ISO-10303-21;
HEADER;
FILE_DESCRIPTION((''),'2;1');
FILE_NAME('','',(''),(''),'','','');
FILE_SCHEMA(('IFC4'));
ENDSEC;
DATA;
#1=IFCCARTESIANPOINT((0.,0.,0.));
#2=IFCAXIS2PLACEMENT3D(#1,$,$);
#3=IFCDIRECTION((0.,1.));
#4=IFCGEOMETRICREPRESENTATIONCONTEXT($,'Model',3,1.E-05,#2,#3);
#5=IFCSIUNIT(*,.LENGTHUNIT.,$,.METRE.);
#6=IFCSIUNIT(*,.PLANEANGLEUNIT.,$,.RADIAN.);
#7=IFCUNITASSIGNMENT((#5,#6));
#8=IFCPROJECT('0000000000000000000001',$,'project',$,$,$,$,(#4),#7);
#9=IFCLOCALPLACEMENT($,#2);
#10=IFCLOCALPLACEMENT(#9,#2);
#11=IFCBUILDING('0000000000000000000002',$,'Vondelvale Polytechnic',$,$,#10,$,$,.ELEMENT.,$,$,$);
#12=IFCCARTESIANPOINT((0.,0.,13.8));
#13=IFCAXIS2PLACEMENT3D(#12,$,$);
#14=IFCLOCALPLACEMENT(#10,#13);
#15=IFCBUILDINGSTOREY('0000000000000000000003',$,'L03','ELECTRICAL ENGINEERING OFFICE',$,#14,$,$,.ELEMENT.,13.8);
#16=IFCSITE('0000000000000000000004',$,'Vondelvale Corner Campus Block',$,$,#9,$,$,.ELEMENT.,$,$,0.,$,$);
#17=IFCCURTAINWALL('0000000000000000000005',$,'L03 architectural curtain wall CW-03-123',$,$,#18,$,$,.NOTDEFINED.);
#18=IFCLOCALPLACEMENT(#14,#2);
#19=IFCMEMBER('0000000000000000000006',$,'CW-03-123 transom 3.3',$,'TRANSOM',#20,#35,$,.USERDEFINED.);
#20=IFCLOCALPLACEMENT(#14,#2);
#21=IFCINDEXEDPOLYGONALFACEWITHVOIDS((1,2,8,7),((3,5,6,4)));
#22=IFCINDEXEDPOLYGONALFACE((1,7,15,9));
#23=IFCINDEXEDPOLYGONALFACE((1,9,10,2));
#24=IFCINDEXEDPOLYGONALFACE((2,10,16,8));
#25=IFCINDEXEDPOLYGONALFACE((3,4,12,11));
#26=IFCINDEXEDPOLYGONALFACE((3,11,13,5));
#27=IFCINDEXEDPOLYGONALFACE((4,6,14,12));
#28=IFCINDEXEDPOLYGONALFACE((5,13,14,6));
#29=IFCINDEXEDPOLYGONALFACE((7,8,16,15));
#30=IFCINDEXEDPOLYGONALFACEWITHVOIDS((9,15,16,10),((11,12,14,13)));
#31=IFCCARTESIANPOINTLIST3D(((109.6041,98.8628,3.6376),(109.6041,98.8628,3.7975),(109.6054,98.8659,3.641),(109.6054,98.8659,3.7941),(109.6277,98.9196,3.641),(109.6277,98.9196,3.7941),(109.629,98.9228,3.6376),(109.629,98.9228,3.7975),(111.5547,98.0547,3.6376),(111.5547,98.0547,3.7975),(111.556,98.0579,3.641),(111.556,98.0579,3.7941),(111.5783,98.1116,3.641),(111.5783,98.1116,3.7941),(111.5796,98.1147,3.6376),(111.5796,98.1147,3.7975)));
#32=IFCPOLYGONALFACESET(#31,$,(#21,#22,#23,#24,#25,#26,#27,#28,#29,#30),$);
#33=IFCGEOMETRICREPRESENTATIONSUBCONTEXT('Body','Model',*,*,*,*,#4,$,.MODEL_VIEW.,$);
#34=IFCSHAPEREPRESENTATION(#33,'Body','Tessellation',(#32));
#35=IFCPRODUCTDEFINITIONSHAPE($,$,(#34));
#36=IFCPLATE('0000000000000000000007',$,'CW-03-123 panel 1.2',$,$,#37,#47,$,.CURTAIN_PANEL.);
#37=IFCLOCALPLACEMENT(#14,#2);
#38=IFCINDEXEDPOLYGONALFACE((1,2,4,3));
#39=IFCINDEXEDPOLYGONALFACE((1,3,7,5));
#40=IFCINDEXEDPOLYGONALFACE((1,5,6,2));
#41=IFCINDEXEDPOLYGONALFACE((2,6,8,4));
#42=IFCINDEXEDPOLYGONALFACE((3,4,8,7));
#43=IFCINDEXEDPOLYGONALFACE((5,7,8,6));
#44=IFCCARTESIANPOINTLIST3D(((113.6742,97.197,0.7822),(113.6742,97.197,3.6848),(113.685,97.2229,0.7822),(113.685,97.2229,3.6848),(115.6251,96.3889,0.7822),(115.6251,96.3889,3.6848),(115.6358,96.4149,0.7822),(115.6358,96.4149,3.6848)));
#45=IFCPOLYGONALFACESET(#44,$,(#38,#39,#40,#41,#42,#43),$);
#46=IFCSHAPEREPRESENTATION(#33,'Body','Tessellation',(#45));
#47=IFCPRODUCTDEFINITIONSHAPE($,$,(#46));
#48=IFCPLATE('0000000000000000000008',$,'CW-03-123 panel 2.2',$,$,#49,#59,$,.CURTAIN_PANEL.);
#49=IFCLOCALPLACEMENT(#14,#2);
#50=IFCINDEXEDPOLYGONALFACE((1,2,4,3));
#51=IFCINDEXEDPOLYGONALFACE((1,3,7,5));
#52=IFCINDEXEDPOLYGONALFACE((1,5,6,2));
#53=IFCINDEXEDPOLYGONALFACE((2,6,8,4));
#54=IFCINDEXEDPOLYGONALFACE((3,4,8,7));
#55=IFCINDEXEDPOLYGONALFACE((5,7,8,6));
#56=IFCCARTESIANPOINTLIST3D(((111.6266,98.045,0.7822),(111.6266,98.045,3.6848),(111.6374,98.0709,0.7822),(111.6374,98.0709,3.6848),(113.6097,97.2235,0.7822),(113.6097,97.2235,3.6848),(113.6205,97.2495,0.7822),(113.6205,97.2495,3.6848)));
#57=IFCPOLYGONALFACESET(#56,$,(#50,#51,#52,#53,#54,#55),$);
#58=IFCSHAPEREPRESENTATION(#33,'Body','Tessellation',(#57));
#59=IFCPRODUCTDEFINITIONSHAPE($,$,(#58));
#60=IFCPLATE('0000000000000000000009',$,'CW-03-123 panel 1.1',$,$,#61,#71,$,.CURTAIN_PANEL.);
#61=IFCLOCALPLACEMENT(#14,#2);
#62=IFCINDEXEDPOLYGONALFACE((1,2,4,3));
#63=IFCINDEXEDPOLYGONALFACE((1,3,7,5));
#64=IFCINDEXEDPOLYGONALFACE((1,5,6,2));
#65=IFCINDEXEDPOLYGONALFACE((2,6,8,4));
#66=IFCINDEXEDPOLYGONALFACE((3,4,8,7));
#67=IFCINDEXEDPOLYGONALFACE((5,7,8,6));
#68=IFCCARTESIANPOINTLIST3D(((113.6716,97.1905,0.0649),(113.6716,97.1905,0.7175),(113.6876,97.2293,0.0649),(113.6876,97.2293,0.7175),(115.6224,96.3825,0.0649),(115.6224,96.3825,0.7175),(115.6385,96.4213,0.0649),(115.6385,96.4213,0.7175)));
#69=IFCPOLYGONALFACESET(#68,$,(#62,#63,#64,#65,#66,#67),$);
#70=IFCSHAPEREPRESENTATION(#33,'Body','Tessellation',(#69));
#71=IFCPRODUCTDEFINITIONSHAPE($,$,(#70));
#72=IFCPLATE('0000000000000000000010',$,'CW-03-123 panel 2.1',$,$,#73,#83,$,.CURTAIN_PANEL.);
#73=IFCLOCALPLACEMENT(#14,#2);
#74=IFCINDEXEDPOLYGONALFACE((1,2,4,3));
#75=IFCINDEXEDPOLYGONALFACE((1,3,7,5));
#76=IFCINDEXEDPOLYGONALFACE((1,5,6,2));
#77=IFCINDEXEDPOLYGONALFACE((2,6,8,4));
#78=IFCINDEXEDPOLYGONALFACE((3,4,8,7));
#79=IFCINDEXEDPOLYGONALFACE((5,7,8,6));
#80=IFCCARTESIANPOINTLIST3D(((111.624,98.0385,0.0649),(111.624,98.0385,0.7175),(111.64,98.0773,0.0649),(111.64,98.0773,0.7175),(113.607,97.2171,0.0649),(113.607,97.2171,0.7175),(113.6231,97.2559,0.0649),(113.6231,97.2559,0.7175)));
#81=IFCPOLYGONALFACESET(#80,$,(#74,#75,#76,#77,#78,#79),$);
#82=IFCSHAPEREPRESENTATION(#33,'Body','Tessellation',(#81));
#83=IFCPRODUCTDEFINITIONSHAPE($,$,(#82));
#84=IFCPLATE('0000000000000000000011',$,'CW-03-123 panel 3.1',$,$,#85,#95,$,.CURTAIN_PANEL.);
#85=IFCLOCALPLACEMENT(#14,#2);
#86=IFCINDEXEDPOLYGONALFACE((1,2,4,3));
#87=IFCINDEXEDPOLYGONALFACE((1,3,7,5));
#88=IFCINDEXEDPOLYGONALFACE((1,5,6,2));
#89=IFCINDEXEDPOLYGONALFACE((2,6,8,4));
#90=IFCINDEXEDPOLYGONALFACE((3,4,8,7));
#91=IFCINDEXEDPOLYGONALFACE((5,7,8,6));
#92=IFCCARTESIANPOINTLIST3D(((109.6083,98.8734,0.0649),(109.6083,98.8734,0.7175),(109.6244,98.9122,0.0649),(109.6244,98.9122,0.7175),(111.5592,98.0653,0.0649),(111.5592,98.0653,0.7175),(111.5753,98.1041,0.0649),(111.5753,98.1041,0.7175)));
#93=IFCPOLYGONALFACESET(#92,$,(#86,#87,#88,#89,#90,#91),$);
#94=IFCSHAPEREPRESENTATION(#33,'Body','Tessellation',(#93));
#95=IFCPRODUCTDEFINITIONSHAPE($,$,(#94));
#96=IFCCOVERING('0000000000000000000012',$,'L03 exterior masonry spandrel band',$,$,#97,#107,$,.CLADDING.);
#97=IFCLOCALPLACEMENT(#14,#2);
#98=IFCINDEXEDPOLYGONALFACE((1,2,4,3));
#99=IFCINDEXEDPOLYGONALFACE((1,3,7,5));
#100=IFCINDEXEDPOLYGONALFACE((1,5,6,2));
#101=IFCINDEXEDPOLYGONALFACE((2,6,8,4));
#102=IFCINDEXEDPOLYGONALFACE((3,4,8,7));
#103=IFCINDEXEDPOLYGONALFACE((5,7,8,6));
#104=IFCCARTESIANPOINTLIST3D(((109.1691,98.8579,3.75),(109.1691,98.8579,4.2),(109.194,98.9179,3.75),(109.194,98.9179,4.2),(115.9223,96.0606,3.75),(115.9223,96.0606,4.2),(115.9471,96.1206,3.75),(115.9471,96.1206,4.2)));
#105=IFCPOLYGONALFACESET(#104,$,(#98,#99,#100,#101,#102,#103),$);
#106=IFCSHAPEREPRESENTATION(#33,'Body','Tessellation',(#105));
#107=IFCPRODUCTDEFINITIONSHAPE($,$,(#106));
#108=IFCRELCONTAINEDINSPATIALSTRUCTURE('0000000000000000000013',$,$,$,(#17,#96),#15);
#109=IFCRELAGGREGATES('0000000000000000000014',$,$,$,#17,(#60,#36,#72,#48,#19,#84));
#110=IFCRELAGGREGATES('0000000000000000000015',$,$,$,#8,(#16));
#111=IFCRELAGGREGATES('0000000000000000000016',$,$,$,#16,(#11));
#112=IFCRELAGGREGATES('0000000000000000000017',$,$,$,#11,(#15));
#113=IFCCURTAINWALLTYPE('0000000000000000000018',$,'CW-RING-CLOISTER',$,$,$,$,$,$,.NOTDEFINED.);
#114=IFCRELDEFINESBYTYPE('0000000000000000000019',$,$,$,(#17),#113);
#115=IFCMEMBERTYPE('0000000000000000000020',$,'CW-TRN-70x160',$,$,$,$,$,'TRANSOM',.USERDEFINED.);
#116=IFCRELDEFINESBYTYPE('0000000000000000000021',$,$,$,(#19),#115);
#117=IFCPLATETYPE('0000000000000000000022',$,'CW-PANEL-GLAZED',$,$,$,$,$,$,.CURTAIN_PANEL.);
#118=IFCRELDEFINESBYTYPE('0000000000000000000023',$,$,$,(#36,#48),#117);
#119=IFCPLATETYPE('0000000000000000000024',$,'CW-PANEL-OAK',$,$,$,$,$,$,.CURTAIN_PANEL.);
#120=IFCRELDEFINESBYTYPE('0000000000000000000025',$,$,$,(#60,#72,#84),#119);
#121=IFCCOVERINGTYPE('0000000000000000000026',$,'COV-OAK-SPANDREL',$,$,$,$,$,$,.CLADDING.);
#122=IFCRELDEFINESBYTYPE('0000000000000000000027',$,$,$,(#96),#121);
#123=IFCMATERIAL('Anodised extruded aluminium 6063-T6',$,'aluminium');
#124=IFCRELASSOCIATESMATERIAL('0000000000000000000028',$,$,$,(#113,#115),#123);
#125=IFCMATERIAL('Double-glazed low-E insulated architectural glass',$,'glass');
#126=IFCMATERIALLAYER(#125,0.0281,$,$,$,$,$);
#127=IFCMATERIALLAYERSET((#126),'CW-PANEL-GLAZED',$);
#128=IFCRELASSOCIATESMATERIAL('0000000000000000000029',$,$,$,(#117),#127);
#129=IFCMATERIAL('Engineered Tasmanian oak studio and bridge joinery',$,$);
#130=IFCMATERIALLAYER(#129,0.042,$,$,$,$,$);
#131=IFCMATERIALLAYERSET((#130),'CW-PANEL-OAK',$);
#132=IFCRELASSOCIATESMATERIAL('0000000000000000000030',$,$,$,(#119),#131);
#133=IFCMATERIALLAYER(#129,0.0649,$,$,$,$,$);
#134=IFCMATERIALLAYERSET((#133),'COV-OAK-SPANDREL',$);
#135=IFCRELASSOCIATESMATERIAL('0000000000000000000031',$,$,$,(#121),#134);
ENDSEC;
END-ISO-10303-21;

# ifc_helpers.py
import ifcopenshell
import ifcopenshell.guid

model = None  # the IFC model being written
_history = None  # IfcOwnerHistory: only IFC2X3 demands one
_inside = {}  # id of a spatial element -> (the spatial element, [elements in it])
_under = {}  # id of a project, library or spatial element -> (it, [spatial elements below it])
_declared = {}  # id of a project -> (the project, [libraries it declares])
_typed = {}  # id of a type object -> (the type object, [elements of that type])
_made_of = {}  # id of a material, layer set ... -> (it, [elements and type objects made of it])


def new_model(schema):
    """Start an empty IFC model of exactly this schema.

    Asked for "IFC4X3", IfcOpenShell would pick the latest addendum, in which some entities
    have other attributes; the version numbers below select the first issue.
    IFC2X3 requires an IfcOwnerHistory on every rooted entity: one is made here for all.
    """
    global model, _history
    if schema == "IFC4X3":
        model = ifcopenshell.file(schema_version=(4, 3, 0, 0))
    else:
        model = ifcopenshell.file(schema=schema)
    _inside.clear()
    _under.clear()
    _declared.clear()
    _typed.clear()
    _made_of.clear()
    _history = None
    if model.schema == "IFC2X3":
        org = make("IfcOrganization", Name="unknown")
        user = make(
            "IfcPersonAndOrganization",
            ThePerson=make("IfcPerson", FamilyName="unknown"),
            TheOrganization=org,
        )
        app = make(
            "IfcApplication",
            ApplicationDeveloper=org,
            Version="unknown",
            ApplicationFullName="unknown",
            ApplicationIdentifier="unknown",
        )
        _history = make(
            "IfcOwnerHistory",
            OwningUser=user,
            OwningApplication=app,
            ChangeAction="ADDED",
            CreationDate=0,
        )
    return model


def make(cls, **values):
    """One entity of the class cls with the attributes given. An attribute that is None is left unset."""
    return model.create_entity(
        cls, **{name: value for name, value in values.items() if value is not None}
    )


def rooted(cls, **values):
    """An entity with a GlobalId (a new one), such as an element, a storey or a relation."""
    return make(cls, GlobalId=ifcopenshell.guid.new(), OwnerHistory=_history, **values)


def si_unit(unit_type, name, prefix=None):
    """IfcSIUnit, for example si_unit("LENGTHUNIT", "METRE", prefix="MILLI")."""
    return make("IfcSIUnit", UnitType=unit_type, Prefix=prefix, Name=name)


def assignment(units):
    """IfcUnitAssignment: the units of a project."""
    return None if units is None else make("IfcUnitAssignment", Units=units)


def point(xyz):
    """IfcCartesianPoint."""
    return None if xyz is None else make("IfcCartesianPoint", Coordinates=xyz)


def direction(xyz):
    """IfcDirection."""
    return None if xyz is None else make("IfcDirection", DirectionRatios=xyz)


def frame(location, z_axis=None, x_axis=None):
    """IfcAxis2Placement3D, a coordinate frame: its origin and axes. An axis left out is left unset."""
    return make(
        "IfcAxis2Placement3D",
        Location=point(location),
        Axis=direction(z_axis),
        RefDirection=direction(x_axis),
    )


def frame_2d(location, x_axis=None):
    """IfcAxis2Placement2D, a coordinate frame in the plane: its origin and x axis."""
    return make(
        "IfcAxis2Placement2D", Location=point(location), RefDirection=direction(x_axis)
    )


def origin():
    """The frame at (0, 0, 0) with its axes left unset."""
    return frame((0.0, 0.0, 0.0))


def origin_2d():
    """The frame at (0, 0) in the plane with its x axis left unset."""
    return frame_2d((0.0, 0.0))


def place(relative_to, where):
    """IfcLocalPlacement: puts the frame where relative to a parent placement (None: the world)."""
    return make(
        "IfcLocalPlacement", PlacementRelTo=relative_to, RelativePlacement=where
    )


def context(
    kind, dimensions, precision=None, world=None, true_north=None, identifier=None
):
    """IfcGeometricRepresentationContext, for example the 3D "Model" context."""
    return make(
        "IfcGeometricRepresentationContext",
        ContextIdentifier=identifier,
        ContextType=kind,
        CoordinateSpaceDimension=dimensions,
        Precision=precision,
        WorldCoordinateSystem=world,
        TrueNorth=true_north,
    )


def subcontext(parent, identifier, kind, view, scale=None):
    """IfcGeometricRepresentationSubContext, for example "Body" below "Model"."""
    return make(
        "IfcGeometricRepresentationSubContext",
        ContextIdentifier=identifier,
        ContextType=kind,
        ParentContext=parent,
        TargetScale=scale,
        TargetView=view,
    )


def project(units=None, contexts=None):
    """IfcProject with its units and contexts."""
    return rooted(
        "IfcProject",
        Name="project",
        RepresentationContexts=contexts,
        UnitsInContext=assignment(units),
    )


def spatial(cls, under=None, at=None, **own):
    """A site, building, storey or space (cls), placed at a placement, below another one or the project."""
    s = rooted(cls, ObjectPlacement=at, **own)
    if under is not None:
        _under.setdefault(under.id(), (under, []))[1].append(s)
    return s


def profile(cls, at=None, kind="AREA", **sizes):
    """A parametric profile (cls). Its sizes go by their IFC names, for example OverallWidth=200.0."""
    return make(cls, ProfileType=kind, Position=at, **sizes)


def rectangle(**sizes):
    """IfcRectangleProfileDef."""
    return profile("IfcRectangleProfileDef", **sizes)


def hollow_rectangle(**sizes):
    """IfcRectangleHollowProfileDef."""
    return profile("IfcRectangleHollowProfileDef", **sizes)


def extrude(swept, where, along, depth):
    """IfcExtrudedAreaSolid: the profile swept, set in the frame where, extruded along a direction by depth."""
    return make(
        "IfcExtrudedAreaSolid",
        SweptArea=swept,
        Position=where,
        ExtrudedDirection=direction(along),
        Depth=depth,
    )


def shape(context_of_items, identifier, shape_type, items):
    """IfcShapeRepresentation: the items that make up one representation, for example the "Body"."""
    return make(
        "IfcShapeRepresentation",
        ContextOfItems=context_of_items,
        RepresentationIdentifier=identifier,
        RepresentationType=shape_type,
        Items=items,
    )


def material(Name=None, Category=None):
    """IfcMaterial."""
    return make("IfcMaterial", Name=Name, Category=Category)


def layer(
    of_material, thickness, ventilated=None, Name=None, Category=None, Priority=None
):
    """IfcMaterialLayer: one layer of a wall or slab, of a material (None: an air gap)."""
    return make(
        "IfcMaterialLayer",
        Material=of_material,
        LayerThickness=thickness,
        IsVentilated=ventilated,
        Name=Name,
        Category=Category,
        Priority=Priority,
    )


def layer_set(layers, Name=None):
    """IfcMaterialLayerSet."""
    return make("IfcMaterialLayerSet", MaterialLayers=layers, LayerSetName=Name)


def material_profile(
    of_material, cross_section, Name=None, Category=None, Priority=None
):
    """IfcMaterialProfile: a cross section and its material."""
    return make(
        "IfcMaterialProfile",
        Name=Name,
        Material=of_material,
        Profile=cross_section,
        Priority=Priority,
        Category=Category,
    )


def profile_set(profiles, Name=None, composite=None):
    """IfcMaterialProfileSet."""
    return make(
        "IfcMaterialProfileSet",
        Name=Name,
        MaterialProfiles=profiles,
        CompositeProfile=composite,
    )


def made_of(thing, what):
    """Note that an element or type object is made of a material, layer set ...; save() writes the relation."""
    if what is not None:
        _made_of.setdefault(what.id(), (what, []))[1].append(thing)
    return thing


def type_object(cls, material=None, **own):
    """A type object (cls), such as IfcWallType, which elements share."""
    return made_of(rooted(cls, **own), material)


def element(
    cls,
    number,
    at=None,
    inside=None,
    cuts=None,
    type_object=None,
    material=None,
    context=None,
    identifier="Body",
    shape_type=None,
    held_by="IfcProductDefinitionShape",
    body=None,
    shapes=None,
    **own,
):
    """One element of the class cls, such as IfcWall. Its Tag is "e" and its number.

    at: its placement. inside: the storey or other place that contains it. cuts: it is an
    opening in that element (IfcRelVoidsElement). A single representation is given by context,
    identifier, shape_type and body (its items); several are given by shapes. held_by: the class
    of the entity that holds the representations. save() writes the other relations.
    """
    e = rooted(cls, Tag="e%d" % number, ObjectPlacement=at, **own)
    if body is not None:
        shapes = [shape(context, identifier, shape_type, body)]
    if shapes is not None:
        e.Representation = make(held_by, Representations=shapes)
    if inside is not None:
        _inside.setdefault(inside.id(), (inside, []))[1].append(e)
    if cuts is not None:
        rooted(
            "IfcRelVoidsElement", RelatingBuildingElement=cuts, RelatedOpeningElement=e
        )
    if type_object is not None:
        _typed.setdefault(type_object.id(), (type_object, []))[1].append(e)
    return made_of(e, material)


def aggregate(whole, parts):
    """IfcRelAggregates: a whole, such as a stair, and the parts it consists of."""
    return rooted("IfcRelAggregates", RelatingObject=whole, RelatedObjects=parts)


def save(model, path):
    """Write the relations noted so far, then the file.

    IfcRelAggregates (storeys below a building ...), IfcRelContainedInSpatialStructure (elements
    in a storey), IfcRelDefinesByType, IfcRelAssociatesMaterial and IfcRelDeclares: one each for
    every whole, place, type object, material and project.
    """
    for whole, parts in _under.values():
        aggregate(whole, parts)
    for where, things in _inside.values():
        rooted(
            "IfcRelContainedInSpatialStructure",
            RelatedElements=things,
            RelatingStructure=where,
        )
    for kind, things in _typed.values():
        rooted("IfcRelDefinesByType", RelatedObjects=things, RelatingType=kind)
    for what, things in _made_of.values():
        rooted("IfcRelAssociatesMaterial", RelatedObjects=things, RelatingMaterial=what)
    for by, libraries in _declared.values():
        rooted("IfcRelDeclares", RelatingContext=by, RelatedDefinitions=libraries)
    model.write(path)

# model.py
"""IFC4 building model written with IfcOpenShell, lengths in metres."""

from ifc_helpers import new_model, si_unit, direction, frame, origin, origin_2d, place, context, subcontext, project, spatial, rectangle, hollow_rectangle, extrude, material, layer, layer_set, material_profile, profile_set, type_object, element, aggregate, save


model = new_model("IFC4")

# Units and contexts
model_context = context("Model", 3, precision=1e-05, world=origin(), true_north=direction((0.0, 1.0)))
body_context = subcontext(model_context, "Body", "Model", "MODEL_VIEW")
ifc_project = project(units=[si_unit("LENGTHUNIT", "METRE"), si_unit("PLANEANGLEUNIT", "RADIAN")], contexts=[model_context])

# Site, building, storey
site_placement = place(None, origin())
site = spatial("IfcSite", under=ifc_project, at=site_placement, Name="Vondelvale Corner Campus Block", CompositionType="ELEMENT", RefElevation=0.0)
building_placement = place(site_placement, origin())
building = spatial("IfcBuilding", under=site, at=building_placement, Name="Vondelvale Polytechnic", CompositionType="ELEMENT")
storey_placement = place(building_placement, frame((0.0, 0.0, 13.8)))
storey = spatial("IfcBuildingStorey", under=building, at=storey_placement, Name="L03", Description="ELECTRICAL ENGINEERING OFFICE", CompositionType="ELEMENT", Elevation=13.8)

# Curtain wall, member, plates
ifc_material_1 = material(Name="Anodised extruded aluminium 6063-T6", Category="aluminium")
curtain_wall_type = type_object("IfcCurtainWallType", Name="CW-RING-CLOISTER", PredefinedType="NOTDEFINED", material=ifc_material_1)
curtain_wall_placement = place(storey_placement, origin())
curtain_wall = element("IfcCurtainWall", 1, at=curtain_wall_placement, inside=storey, type_object=curtain_wall_type, Name="L03 architectural curtain wall CW-03-123", PredefinedType="NOTDEFINED")
ifc_material_profile_1 = material_profile(ifc_material_1, hollow_rectangle(XDim=0.0649, YDim=0.1599, WallThickness=0.0034, at=origin_2d()), Name="CW-TRN-160x65")
ifc_profile_set_1 = profile_set([ifc_material_profile_1], Name="Anodised extruded aluminium 6063-T6")
member_type_1 = type_object("IfcMemberType", Name="CW-TRN-70x160", ElementType="TRANSOM", PredefinedType="USERDEFINED", material=ifc_profile_set_1)
member_1_placement = place(storey_placement, frame((111.5671, 98.0847, 3.7175), z_axis=(-0.923862, 0.382726, 0.0), x_axis=(-0.382726, -0.923862, 0.0)))
member_1 = element("IfcMember", 2, at=member_1_placement, type_object=member_type_1, Name="CW-03-123 transom 3.3", ObjectType="TRANSOM", PredefinedType="USERDEFINED", context=body_context, shape_type="SweptSolid", body=[
    extrude(hollow_rectangle(XDim=0.0649, YDim=0.1599, WallThickness=0.0034, at=origin_2d()), origin(), (0.0, 0.0, 1.0), 2.1113),
])
ifc_material_2 = material(Name="Double-glazed low-E insulated architectural glass", Category="glass")
ifc_layer_1 = layer(ifc_material_2, 0.0281)
ifc_layer_set_1 = layer_set([ifc_layer_1], Name="CW-PANEL-GLAZED")
plate_type_1 = type_object("IfcPlateType", Name="CW-PANEL-GLAZED", PredefinedType="CURTAIN_PANEL", material=ifc_layer_set_1)
plate_1_placement = place(storey_placement, frame((114.655, 96.8059, 0.7822), z_axis=(0.0, 0.0, 1.0), x_axis=(-0.923882, 0.382679, 0.0)))
plate_1 = element("IfcPlate", 3, at=plate_1_placement, type_object=plate_type_1, Name="CW-03-123 panel 1.2", PredefinedType="CURTAIN_PANEL", context=body_context, shape_type="SweptSolid", body=[
    extrude(rectangle(XDim=2.1116, YDim=0.0281, at=origin_2d()), origin(), (0.0, 0.0, 1.0), 2.9026),
])
plate_2_placement = place(storey_placement, frame((112.6235, 97.6472, 0.7822), z_axis=(0.0, 0.0, 1.0), x_axis=(-0.923882, 0.382679, 0.0)))
plate_2 = element("IfcPlate", 4, at=plate_2_placement, type_object=plate_type_1, Name="CW-03-123 panel 2.2", PredefinedType="CURTAIN_PANEL", context=body_context, shape_type="SweptSolid", body=[
    extrude(rectangle(XDim=2.1465, YDim=0.0281, at=origin_2d()), origin(), (0.0, 0.0, 1.0), 2.9026),
])
ifc_material_3 = material(Name="Engineered Tasmanian oak studio and bridge joinery")
ifc_layer_2 = layer(ifc_material_3, 0.042)
ifc_layer_set_2 = layer_set([ifc_layer_2], Name="CW-PANEL-OAK")
plate_type_2 = type_object("IfcPlateType", Name="CW-PANEL-OAK", PredefinedType="CURTAIN_PANEL", material=ifc_layer_set_2)
plate_3_placement = place(storey_placement, frame((114.655, 96.8059, 0.0649), z_axis=(0.0, 0.0, 1.0), x_axis=(-0.923882, 0.382679, 0.0)))
plate_3 = element("IfcPlate", 5, at=plate_3_placement, type_object=plate_type_2, Name="CW-03-123 panel 1.1", PredefinedType="CURTAIN_PANEL", context=body_context, shape_type="SweptSolid", body=[
    extrude(rectangle(XDim=2.1116, YDim=0.042, at=origin_2d()), origin(), (0.0, 0.0, 1.0), 0.6526),
])
plate_4_placement = place(storey_placement, frame((112.6235, 97.6472, 0.0649), z_axis=(0.0, 0.0, 1.0), x_axis=(-0.923882, 0.382679, 0.0)))
plate_4 = element("IfcPlate", 6, at=plate_4_placement, type_object=plate_type_2, Name="CW-03-123 panel 2.1", PredefinedType="CURTAIN_PANEL", context=body_context, shape_type="SweptSolid", body=[
    extrude(rectangle(XDim=2.1465, YDim=0.042, at=origin_2d()), origin(), (0.0, 0.0, 1.0), 0.6526),
])
plate_5_placement = place(storey_placement, frame((110.5918, 98.4888, 0.0649), z_axis=(0.0, 0.0, 1.0), x_axis=(-0.923882, 0.382679, 0.0)))
plate_5 = element("IfcPlate", 7, at=plate_5_placement, type_object=plate_type_2, Name="CW-03-123 panel 3.1", PredefinedType="CURTAIN_PANEL", context=body_context, shape_type="SweptSolid", body=[
    extrude(rectangle(XDim=2.1116, YDim=0.042, at=origin_2d()), origin(), (0.0, 0.0, 1.0), 0.6526),
])
aggregate(curtain_wall, [plate_3, plate_1, plate_4, plate_2, member_1, plate_5])

# Covering
ifc_layer_3 = layer(ifc_material_3, 0.0649)
ifc_layer_set_3 = layer_set([ifc_layer_3], Name="COV-OAK-SPANDREL")
covering_type = type_object("IfcCoveringType", Name="COV-OAK-SPANDREL", PredefinedType="CLADDING", material=ifc_layer_set_3)
covering_placement = place(storey_placement, frame((112.5581, 97.4893, 3.75), z_axis=(0.0, 0.0, 1.0), x_axis=(-0.92388, 0.382683, 0.0)))
element("IfcCovering", 8, at=covering_placement, inside=storey, type_object=covering_type, Name="L03 exterior masonry spandrel band", PredefinedType="CLADDING", context=body_context, shape_type="SweptSolid", body=[
    extrude(rectangle(XDim=7.3096, YDim=0.0649, at=origin_2d()), origin(), (0.0, 0.0, 1.0), 0.45),
])

save(model, "model.ifc")
